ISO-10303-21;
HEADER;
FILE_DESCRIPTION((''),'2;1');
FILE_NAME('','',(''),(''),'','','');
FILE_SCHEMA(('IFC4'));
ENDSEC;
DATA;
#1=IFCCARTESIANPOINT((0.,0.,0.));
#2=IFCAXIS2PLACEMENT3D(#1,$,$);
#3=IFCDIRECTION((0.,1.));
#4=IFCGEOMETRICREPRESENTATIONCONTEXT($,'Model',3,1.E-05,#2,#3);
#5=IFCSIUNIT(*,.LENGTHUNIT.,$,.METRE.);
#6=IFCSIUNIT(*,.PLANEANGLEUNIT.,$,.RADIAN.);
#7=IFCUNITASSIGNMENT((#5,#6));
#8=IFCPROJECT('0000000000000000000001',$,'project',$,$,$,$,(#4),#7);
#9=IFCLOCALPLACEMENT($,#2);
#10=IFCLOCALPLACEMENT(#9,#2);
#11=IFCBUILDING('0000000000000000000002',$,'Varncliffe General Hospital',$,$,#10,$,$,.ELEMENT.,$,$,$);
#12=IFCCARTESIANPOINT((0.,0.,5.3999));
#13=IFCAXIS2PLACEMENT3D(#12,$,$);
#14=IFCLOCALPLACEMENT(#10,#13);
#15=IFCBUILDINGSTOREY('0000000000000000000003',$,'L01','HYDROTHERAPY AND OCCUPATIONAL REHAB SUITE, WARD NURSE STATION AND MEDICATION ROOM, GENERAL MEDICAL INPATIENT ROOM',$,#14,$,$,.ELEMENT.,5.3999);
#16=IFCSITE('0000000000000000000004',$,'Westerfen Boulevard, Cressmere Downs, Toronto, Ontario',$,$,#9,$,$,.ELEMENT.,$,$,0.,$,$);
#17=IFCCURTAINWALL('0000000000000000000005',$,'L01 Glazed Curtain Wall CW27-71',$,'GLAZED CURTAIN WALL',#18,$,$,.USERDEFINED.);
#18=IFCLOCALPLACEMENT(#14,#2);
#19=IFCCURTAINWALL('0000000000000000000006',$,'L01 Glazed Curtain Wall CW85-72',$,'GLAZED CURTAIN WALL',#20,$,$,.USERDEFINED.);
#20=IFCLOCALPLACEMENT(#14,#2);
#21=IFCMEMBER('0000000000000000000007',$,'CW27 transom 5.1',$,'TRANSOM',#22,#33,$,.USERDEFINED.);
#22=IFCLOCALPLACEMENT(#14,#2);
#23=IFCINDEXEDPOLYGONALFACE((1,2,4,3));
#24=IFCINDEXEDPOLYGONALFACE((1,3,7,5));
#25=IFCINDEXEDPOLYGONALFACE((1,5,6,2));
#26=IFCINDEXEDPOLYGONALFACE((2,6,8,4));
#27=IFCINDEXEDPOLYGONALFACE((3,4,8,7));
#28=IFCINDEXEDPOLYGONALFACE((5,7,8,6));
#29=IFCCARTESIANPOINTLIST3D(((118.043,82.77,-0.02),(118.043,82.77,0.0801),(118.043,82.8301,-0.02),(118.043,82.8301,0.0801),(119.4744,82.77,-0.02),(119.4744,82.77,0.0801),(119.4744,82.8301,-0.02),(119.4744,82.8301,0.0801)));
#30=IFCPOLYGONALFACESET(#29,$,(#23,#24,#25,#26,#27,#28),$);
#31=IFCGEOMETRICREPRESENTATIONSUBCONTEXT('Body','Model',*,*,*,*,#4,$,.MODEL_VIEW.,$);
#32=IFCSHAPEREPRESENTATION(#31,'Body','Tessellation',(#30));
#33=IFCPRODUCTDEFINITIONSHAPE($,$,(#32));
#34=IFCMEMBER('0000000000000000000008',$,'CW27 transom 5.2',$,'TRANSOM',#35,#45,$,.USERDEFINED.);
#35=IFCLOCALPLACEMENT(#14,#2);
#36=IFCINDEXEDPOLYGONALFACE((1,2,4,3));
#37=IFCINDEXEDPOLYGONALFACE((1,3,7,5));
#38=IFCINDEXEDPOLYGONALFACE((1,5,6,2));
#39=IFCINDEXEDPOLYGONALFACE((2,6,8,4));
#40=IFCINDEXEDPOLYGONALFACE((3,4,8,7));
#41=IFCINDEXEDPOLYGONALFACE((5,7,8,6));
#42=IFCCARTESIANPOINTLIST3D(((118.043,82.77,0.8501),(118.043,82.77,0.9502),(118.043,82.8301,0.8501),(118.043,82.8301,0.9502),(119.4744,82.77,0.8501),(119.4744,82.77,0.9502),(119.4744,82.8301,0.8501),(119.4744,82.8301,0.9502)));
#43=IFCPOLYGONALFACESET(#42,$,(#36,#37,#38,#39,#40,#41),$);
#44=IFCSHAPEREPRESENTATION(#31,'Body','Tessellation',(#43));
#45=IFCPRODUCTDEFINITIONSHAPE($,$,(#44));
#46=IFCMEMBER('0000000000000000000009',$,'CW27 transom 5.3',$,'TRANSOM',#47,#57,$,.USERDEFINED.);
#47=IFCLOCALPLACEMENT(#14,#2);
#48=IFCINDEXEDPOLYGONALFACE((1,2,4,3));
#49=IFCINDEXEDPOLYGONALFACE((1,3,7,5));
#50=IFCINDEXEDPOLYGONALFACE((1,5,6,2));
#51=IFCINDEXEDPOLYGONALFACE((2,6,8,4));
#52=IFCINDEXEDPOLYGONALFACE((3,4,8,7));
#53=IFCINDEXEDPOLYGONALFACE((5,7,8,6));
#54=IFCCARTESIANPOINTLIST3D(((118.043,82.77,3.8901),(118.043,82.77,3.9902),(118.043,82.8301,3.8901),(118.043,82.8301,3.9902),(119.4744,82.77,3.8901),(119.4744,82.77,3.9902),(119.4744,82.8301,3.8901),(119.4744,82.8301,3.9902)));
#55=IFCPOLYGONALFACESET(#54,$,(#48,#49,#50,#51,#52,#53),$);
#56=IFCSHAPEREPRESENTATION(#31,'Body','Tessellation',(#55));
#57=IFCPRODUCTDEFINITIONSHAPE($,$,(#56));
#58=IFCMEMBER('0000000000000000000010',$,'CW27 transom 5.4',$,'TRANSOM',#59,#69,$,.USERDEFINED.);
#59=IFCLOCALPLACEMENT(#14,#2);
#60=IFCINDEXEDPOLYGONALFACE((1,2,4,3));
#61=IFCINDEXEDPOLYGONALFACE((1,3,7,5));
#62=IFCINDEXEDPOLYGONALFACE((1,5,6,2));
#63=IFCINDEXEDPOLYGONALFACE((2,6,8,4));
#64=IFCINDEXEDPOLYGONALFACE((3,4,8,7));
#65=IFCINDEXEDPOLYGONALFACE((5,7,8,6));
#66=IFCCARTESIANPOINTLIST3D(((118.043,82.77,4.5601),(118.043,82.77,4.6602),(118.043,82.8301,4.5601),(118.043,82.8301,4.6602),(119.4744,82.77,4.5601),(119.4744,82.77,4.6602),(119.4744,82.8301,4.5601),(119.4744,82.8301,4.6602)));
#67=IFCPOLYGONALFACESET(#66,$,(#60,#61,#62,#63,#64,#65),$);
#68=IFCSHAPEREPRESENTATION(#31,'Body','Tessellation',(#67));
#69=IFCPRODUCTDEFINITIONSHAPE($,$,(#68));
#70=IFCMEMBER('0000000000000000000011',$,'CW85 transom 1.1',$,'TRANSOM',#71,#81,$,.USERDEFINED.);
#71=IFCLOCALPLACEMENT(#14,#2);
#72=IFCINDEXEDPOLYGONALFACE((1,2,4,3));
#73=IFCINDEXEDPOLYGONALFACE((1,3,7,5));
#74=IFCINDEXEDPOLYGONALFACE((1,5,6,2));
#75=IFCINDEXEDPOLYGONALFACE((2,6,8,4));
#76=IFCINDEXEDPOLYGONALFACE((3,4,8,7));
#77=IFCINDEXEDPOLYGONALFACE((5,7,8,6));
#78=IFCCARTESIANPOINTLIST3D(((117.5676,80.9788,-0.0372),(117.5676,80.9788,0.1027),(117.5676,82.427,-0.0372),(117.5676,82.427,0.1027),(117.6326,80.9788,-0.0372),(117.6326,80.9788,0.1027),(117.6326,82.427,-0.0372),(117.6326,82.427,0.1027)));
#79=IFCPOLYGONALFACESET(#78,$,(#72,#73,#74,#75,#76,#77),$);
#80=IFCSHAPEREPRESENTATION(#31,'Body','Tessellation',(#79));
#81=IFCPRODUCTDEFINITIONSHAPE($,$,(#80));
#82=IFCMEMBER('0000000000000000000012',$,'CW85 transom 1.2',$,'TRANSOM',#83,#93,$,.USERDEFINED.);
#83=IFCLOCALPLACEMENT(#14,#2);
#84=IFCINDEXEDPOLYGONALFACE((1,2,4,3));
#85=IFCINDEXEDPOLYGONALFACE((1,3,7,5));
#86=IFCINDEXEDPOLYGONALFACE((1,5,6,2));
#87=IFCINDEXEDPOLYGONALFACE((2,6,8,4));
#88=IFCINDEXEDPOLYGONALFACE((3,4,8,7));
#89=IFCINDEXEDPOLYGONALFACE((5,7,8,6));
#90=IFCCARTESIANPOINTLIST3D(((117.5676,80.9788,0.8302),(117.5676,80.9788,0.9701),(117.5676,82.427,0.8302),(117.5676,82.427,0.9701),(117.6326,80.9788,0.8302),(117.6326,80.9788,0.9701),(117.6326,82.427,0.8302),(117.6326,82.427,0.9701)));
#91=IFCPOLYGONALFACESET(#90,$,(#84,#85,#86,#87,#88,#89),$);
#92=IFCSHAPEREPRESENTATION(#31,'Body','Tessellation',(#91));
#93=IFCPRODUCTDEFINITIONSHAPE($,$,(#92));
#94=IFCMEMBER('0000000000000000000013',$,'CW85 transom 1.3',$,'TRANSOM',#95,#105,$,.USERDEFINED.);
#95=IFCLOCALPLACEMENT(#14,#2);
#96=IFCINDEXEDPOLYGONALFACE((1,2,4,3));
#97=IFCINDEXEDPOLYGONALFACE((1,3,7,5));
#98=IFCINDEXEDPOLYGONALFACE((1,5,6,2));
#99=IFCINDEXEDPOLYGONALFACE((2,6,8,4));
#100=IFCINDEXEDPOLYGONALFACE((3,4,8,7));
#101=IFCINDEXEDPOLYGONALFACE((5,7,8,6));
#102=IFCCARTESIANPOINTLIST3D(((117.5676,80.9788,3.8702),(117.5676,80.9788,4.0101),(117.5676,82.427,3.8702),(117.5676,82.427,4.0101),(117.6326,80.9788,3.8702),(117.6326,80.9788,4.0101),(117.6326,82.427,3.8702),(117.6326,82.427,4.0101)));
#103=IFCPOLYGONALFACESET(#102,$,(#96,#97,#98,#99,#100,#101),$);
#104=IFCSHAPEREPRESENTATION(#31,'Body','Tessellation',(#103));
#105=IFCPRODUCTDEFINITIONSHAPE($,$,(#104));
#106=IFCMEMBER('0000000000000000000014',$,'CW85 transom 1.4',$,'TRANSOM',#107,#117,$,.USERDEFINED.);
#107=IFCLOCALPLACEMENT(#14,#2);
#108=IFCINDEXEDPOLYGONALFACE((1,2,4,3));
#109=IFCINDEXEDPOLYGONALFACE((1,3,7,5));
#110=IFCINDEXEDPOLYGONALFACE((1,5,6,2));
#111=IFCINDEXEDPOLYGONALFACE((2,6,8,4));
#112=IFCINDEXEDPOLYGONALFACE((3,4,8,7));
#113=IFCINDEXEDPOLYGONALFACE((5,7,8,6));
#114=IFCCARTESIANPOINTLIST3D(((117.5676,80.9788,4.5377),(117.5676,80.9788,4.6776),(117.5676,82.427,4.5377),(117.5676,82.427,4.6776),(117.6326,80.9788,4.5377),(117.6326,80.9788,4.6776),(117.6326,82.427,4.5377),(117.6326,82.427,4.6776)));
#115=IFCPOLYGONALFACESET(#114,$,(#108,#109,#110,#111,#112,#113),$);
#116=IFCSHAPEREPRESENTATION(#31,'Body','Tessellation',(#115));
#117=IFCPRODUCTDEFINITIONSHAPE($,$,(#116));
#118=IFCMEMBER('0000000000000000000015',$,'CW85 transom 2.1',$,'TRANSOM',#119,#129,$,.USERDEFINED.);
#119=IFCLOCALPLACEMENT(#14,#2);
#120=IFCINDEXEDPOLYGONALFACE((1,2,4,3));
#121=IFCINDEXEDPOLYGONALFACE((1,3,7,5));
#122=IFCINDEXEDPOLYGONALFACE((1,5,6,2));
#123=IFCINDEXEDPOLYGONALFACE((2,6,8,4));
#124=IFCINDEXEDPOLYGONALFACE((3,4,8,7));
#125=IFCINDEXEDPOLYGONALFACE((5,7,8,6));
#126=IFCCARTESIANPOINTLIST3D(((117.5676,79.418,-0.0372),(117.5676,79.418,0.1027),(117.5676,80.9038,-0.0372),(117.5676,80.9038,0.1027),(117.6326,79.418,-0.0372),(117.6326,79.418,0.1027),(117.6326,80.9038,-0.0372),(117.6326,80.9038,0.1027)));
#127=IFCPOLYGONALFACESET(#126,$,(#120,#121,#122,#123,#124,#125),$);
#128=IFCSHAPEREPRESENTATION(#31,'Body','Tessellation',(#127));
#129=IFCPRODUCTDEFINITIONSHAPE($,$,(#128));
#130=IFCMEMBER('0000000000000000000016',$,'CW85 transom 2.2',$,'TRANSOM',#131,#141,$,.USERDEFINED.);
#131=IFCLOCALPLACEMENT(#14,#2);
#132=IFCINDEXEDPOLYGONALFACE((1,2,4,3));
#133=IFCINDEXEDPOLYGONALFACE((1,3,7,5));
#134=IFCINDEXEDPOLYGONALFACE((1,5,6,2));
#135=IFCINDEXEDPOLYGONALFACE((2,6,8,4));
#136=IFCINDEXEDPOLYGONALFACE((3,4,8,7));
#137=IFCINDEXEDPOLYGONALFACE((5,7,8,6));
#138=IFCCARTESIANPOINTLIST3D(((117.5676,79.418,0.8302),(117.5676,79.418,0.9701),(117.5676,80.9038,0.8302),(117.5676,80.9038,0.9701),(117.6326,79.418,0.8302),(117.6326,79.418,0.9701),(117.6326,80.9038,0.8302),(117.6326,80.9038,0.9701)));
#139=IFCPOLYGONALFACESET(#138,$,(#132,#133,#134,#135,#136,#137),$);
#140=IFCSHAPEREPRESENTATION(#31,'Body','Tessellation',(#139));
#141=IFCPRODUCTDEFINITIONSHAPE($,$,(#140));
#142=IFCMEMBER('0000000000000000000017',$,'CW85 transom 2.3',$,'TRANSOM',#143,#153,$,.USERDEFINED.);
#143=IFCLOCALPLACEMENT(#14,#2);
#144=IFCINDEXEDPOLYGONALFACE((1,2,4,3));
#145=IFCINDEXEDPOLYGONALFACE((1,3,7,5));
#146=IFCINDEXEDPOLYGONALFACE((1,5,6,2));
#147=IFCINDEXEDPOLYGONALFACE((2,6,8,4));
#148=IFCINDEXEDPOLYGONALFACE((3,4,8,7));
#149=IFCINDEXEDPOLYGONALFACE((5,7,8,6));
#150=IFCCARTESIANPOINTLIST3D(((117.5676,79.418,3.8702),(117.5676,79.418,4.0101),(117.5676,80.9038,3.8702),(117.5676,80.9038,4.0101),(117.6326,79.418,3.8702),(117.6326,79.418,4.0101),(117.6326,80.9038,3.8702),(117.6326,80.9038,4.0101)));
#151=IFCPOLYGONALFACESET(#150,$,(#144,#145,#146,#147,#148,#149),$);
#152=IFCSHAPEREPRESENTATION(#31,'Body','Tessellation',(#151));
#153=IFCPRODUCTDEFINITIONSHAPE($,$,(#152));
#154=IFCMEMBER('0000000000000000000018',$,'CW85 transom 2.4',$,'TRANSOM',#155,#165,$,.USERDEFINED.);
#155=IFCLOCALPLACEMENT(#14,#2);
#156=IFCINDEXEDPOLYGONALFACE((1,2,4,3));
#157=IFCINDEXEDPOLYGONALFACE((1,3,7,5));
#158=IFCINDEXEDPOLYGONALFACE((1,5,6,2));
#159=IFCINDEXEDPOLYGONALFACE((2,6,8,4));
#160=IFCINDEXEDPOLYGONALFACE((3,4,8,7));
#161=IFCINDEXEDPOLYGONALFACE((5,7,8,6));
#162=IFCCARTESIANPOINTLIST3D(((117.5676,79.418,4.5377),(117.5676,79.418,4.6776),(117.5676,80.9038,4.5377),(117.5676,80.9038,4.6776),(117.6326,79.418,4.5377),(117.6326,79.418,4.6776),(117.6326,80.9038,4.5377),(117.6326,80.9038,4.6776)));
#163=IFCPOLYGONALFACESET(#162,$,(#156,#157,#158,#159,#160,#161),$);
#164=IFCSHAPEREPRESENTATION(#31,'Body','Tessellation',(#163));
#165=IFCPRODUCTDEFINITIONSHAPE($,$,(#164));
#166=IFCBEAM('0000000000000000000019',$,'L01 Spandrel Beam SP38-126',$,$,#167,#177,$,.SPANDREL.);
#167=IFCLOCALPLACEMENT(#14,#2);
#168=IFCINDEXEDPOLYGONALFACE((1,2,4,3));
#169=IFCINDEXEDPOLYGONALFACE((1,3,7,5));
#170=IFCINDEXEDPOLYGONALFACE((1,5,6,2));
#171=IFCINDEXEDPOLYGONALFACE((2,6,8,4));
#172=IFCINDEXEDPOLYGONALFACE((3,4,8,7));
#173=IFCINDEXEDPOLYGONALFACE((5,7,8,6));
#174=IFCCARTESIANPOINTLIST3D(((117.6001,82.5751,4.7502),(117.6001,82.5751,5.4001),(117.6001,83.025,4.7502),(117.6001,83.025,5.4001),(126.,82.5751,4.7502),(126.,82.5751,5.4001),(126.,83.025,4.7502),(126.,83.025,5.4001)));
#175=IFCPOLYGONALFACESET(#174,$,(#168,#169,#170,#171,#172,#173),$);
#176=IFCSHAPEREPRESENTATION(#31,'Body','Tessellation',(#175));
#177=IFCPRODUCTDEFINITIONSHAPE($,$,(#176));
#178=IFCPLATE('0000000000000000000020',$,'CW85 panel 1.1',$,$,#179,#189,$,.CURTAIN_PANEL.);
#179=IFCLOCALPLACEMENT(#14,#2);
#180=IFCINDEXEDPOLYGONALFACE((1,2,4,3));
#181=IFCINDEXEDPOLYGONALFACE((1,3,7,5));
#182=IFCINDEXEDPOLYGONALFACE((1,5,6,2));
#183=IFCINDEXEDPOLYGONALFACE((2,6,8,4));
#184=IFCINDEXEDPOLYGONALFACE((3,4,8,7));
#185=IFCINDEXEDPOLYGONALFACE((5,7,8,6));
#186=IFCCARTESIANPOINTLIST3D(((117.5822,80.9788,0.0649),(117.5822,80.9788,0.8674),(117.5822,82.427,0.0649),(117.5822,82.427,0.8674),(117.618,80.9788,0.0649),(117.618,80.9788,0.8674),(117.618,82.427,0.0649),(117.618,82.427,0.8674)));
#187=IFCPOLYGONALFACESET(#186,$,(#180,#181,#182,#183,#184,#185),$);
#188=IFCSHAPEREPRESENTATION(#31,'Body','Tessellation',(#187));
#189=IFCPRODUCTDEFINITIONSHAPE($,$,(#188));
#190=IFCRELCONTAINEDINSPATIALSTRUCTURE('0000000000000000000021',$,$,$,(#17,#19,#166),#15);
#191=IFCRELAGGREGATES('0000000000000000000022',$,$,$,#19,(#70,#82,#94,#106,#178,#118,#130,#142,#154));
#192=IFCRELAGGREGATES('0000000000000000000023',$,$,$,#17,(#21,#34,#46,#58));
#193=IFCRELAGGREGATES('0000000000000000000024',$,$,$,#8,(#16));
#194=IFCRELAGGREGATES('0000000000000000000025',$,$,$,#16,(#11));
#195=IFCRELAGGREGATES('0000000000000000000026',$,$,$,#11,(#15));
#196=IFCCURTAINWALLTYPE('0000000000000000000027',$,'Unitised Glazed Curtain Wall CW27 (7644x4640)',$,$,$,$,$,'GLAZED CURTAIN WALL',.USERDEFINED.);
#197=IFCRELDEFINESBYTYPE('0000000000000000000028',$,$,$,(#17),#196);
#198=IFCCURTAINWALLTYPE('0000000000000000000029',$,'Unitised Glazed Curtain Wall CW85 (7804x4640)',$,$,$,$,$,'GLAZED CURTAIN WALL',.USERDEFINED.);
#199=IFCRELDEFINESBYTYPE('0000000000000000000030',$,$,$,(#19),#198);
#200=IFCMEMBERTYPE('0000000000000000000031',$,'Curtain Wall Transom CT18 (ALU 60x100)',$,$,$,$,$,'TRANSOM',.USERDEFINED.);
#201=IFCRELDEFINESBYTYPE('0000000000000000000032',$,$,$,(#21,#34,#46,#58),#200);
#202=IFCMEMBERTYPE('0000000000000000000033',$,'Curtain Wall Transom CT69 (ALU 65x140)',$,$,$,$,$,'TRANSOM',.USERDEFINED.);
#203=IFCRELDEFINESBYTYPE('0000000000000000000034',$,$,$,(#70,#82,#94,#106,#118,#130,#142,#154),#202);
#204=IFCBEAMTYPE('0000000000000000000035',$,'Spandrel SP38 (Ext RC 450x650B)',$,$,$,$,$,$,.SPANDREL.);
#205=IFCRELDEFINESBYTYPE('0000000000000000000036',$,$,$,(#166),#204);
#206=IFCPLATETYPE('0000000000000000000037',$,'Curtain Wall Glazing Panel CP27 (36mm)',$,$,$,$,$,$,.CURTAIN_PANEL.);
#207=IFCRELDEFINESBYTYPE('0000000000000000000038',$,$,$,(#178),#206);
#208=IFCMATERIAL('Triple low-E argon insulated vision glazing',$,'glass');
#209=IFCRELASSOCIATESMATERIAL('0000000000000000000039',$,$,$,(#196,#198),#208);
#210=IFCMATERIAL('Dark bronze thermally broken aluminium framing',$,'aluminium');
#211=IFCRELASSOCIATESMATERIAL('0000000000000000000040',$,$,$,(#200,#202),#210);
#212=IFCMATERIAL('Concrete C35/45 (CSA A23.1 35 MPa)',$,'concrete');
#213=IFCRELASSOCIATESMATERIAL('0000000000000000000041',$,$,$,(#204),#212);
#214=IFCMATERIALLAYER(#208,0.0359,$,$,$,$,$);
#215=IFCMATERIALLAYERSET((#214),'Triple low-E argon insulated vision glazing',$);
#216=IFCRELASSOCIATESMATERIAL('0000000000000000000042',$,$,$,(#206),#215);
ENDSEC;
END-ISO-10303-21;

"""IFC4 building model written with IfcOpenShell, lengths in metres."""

from ifc_helpers import new_model, si_unit, direction, frame, origin, origin_2d, place, context, subcontext, project, spatial, rectangle, extrude, material, layer, layer_set, material_profile, profile_set, type_object, element, aggregate, save


model = new_model("IFC4")

# Units and contexts
model_context = context("Model", 3, precision=1e-05, world=origin(), true_north=direction((0.0, 1.0)))
body_context = subcontext(model_context, "Body", "Model", "MODEL_VIEW")
ifc_project = project(units=[si_unit("LENGTHUNIT", "METRE"), si_unit("PLANEANGLEUNIT", "RADIAN")], contexts=[model_context])

# Site, building, storey
site_placement = place(None, origin())
site = spatial("IfcSite", under=ifc_project, at=site_placement, Name="Westerfen Boulevard, Cressmere Downs, Toronto, Ontario", CompositionType="ELEMENT", RefElevation=0.0)
building_placement = place(site_placement, origin())
building = spatial("IfcBuilding", under=site, at=building_placement, Name="Varncliffe General Hospital", CompositionType="ELEMENT")
storey_placement = place(building_placement, frame((0.0, 0.0, 5.3999)))
storey = spatial("IfcBuildingStorey", under=building, at=storey_placement, Name="L01", Description="HYDROTHERAPY AND OCCUPATIONAL REHAB SUITE, WARD NURSE STATION AND MEDICATION ROOM, GENERAL MEDICAL INPATIENT ROOM", CompositionType="ELEMENT", Elevation=5.3999)

# Shared definitions
ifc_material_1 = material(Name="Concrete C35/45 (CSA A23.1 35 MPa)", Category="concrete")

# Curtain walls
ifc_material_2 = material(Name="Triple low-E argon insulated vision glazing", Category="glass")
curtain_wall_type_1 = type_object("IfcCurtainWallType", Name="Unitised Glazed Curtain Wall CW27 (7644x4640)", ElementType="GLAZED CURTAIN WALL", PredefinedType="USERDEFINED", material=ifc_material_2)
curtain_wall_1_placement = place(storey_placement, origin())
curtain_wall_1 = element("IfcCurtainWall", 1, at=curtain_wall_1_placement, inside=storey, type_object=curtain_wall_type_1, Name="L01 Glazed Curtain Wall CW27-71", ObjectType="GLAZED CURTAIN WALL", PredefinedType="USERDEFINED")
ifc_material_3 = material(Name="Dark bronze thermally broken aluminium framing", Category="aluminium")
curtain_wall_type_2 = type_object("IfcCurtainWallType", Name="Unitised Glazed Curtain Wall CW85 (7804x4640)", ElementType="GLAZED CURTAIN WALL", PredefinedType="USERDEFINED", material=ifc_material_2)
curtain_wall_2_placement = place(storey_placement, origin())
curtain_wall_2 = element("IfcCurtainWall", 2, at=curtain_wall_2_placement, inside=storey, type_object=curtain_wall_type_2, Name="L01 Glazed Curtain Wall CW85-72", ObjectType="GLAZED CURTAIN WALL", PredefinedType="USERDEFINED")

# Members
ifc_material_profile_1 = material_profile(ifc_material_3, rectangle(XDim=0.0601, YDim=0.1001, at=origin_2d()), Name="ALU 60x100")
ifc_profile_set_1 = profile_set([ifc_material_profile_1], Name="Dark bronze thermally broken aluminium framing")
member_type_1 = type_object("IfcMemberType", Name="Curtain Wall Transom CT18 (ALU 60x100)", ElementType="TRANSOM", PredefinedType="USERDEFINED", material=ifc_profile_set_1)
member_1_placement = place(storey_placement, frame((119.4744, 82.8, 0.03), z_axis=(-1.0, 0.0, 0.0), x_axis=(0.0, -1.0, 0.0)))
member_1 = element("IfcMember", 3, at=member_1_placement, type_object=member_type_1, Name="CW27 transom 5.1", ObjectType="TRANSOM", PredefinedType="USERDEFINED", context=body_context, shape_type="SweptSolid", body=[
    extrude(rectangle(XDim=0.0601, YDim=0.1001, at=origin_2d()), origin(), (0.0, 0.0, 1.0), 1.4314),
])
member_2_placement = place(storey_placement, frame((119.4744, 82.8, 0.9001), z_axis=(-1.0, 0.0, 0.0), x_axis=(0.0, -1.0, 0.0)))
member_2 = element("IfcMember", 4, at=member_2_placement, type_object=member_type_1, Name="CW27 transom 5.2", ObjectType="TRANSOM", PredefinedType="USERDEFINED", context=body_context, shape_type="SweptSolid", body=[
    extrude(rectangle(XDim=0.0601, YDim=0.1001, at=origin_2d()), origin(), (0.0, 0.0, 1.0), 1.4314),
])
member_3_placement = place(storey_placement, frame((119.4744, 82.8, 3.9402), z_axis=(-1.0, 0.0, 0.0), x_axis=(0.0, -1.0, 0.0)))
member_3 = element("IfcMember", 5, at=member_3_placement, type_object=member_type_1, Name="CW27 transom 5.3", ObjectType="TRANSOM", PredefinedType="USERDEFINED", context=body_context, shape_type="SweptSolid", body=[
    extrude(rectangle(XDim=0.0601, YDim=0.1001, at=origin_2d()), origin(), (0.0, 0.0, 1.0), 1.4314),
])
member_4_placement = place(storey_placement, frame((119.4744, 82.8, 4.6101), z_axis=(-1.0, 0.0, 0.0), x_axis=(0.0, -1.0, 0.0)))
member_4 = element("IfcMember", 6, at=member_4_placement, type_object=member_type_1, Name="CW27 transom 5.4", ObjectType="TRANSOM", PredefinedType="USERDEFINED", context=body_context, shape_type="SweptSolid", body=[
    extrude(rectangle(XDim=0.0601, YDim=0.1001, at=origin_2d()), origin(), (0.0, 0.0, 1.0), 1.4314),
])
ifc_material_profile_2 = material_profile(ifc_material_3, rectangle(XDim=0.0649, YDim=0.1399, at=origin_2d()), Name="ALU 65x140")
ifc_profile_set_2 = profile_set([ifc_material_profile_2], Name="Dark bronze thermally broken aluminium framing")
member_type_2 = type_object("IfcMemberType", Name="Curtain Wall Transom CT69 (ALU 65x140)", ElementType="TRANSOM", PredefinedType="USERDEFINED", material=ifc_profile_set_2)
member_5_placement = place(storey_placement, frame((117.6001, 82.427, 0.0327), z_axis=(0.0, -1.0, 0.0), x_axis=(1.0, 0.0, 0.0)))
member_5 = element("IfcMember", 7, at=member_5_placement, type_object=member_type_2, Name="CW85 transom 1.1", ObjectType="TRANSOM", PredefinedType="USERDEFINED", context=body_context, shape_type="SweptSolid", body=[
    extrude(rectangle(XDim=0.0649, YDim=0.1399, at=origin_2d()), origin(), (0.0, 0.0, 1.0), 1.4482),
])
member_6_placement = place(storey_placement, frame((117.6001, 82.427, 0.9001), z_axis=(0.0, -1.0, 0.0), x_axis=(1.0, 0.0, 0.0)))
member_6 = element("IfcMember", 8, at=member_6_placement, type_object=member_type_2, Name="CW85 transom 1.2", ObjectType="TRANSOM", PredefinedType="USERDEFINED", context=body_context, shape_type="SweptSolid", body=[
    extrude(rectangle(XDim=0.0649, YDim=0.1399, at=origin_2d()), origin(), (0.0, 0.0, 1.0), 1.4482),
])
member_7_placement = place(storey_placement, frame((117.6001, 82.427, 3.9402), z_axis=(0.0, -1.0, 0.0), x_axis=(1.0, 0.0, 0.0)))
member_7 = element("IfcMember", 9, at=member_7_placement, type_object=member_type_2, Name="CW85 transom 1.3", ObjectType="TRANSOM", PredefinedType="USERDEFINED", context=body_context, shape_type="SweptSolid", body=[
    extrude(rectangle(XDim=0.0649, YDim=0.1399, at=origin_2d()), origin(), (0.0, 0.0, 1.0), 1.4482),
])
member_8_placement = place(storey_placement, frame((117.6001, 82.427, 4.6077), z_axis=(0.0, -1.0, 0.0), x_axis=(1.0, 0.0, 0.0)))
member_8 = element("IfcMember", 10, at=member_8_placement, type_object=member_type_2, Name="CW85 transom 1.4", ObjectType="TRANSOM", PredefinedType="USERDEFINED", context=body_context, shape_type="SweptSolid", body=[
    extrude(rectangle(XDim=0.0649, YDim=0.1399, at=origin_2d()), origin(), (0.0, 0.0, 1.0), 1.4482),
])
member_9_placement = place(storey_placement, frame((117.6001, 80.9038, 0.0327), z_axis=(0.0, -1.0, 0.0), x_axis=(1.0, 0.0, 0.0)))
member_9 = element("IfcMember", 11, at=member_9_placement, type_object=member_type_2, Name="CW85 transom 2.1", ObjectType="TRANSOM", PredefinedType="USERDEFINED", context=body_context, shape_type="SweptSolid", body=[
    extrude(rectangle(XDim=0.0649, YDim=0.1399, at=origin_2d()), origin(), (0.0, 0.0, 1.0), 1.4858),
])
member_10_placement = place(storey_placement, frame((117.6001, 80.9038, 0.9001), z_axis=(0.0, -1.0, 0.0), x_axis=(1.0, 0.0, 0.0)))
member_10 = element("IfcMember", 12, at=member_10_placement, type_object=member_type_2, Name="CW85 transom 2.2", ObjectType="TRANSOM", PredefinedType="USERDEFINED", context=body_context, shape_type="SweptSolid", body=[
    extrude(rectangle(XDim=0.0649, YDim=0.1399, at=origin_2d()), origin(), (0.0, 0.0, 1.0), 1.4858),
])
member_11_placement = place(storey_placement, frame((117.6001, 80.9038, 3.9402), z_axis=(0.0, -1.0, 0.0), x_axis=(1.0, 0.0, 0.0)))
member_11 = element("IfcMember", 13, at=member_11_placement, type_object=member_type_2, Name="CW85 transom 2.3", ObjectType="TRANSOM", PredefinedType="USERDEFINED", context=body_context, shape_type="SweptSolid", body=[
    extrude(rectangle(XDim=0.0649, YDim=0.1399, at=origin_2d()), origin(), (0.0, 0.0, 1.0), 1.4858),
])
member_12_placement = place(storey_placement, frame((117.6001, 80.9038, 4.6077), z_axis=(0.0, -1.0, 0.0), x_axis=(1.0, 0.0, 0.0)))
member_12 = element("IfcMember", 14, at=member_12_placement, type_object=member_type_2, Name="CW85 transom 2.4", ObjectType="TRANSOM", PredefinedType="USERDEFINED", context=body_context, shape_type="SweptSolid", body=[
    extrude(rectangle(XDim=0.0649, YDim=0.1399, at=origin_2d()), origin(), (0.0, 0.0, 1.0), 1.4858),
])

# Beam
ifc_material_profile_3 = material_profile(ifc_material_1, rectangle(XDim=0.45, YDim=0.6499, at=origin_2d()), Name="RC 450x650")
ifc_profile_set_3 = profile_set([ifc_material_profile_3], Name="Concrete C35/45 (CSA A23.1 35 MPa)")
beam_type_1 = type_object("IfcBeamType", Name="Spandrel SP38 (Ext RC 450x650B)", PredefinedType="SPANDREL", material=ifc_profile_set_3)
beam_1_placement = place(storey_placement, frame((117.6001, 82.8, 5.0752), z_axis=(1.0, 0.0, 0.0), x_axis=(0.0, 1.0, 0.0)))
element("IfcBeam", 15, at=beam_1_placement, inside=storey, type_object=beam_type_1, Name="L01 Spandrel Beam SP38-126", PredefinedType="SPANDREL", context=body_context, shape_type="SweptSolid", body=[
    extrude(rectangle(XDim=0.45, YDim=0.6499, at=origin_2d()), origin(), (0.0, 0.0, 1.0), 8.3999),
])

# Plate
ifc_layer_1 = layer(ifc_material_2, 0.0359)
ifc_layer_set_1 = layer_set([ifc_layer_1], Name="Triple low-E argon insulated vision glazing")
plate_type_1 = type_object("IfcPlateType", Name="Curtain Wall Glazing Panel CP27 (36mm)", PredefinedType="CURTAIN_PANEL", material=ifc_layer_set_1)
plate_1_placement = place(storey_placement, frame((117.6001, 81.7029, 0.0649), z_axis=(0.0, 0.0, 1.0), x_axis=(0.0, -1.0, 0.0)))
plate_1 = element("IfcPlate", 16, at=plate_1_placement, type_object=plate_type_1, Name="CW85 panel 1.1", PredefinedType="CURTAIN_PANEL", context=body_context, shape_type="SweptSolid", body=[
    extrude(rectangle(XDim=1.4482, YDim=0.0359, at=origin_2d()), origin(), (0.0, 0.0, 1.0), 0.8025),
])
aggregate(curtain_wall_2, [member_5, member_6, member_7, member_8, plate_1, member_9, member_10, member_11, member_12])
aggregate(curtain_wall_1, [member_1, member_2, member_3, member_4])

save(model, "model.ifc")
